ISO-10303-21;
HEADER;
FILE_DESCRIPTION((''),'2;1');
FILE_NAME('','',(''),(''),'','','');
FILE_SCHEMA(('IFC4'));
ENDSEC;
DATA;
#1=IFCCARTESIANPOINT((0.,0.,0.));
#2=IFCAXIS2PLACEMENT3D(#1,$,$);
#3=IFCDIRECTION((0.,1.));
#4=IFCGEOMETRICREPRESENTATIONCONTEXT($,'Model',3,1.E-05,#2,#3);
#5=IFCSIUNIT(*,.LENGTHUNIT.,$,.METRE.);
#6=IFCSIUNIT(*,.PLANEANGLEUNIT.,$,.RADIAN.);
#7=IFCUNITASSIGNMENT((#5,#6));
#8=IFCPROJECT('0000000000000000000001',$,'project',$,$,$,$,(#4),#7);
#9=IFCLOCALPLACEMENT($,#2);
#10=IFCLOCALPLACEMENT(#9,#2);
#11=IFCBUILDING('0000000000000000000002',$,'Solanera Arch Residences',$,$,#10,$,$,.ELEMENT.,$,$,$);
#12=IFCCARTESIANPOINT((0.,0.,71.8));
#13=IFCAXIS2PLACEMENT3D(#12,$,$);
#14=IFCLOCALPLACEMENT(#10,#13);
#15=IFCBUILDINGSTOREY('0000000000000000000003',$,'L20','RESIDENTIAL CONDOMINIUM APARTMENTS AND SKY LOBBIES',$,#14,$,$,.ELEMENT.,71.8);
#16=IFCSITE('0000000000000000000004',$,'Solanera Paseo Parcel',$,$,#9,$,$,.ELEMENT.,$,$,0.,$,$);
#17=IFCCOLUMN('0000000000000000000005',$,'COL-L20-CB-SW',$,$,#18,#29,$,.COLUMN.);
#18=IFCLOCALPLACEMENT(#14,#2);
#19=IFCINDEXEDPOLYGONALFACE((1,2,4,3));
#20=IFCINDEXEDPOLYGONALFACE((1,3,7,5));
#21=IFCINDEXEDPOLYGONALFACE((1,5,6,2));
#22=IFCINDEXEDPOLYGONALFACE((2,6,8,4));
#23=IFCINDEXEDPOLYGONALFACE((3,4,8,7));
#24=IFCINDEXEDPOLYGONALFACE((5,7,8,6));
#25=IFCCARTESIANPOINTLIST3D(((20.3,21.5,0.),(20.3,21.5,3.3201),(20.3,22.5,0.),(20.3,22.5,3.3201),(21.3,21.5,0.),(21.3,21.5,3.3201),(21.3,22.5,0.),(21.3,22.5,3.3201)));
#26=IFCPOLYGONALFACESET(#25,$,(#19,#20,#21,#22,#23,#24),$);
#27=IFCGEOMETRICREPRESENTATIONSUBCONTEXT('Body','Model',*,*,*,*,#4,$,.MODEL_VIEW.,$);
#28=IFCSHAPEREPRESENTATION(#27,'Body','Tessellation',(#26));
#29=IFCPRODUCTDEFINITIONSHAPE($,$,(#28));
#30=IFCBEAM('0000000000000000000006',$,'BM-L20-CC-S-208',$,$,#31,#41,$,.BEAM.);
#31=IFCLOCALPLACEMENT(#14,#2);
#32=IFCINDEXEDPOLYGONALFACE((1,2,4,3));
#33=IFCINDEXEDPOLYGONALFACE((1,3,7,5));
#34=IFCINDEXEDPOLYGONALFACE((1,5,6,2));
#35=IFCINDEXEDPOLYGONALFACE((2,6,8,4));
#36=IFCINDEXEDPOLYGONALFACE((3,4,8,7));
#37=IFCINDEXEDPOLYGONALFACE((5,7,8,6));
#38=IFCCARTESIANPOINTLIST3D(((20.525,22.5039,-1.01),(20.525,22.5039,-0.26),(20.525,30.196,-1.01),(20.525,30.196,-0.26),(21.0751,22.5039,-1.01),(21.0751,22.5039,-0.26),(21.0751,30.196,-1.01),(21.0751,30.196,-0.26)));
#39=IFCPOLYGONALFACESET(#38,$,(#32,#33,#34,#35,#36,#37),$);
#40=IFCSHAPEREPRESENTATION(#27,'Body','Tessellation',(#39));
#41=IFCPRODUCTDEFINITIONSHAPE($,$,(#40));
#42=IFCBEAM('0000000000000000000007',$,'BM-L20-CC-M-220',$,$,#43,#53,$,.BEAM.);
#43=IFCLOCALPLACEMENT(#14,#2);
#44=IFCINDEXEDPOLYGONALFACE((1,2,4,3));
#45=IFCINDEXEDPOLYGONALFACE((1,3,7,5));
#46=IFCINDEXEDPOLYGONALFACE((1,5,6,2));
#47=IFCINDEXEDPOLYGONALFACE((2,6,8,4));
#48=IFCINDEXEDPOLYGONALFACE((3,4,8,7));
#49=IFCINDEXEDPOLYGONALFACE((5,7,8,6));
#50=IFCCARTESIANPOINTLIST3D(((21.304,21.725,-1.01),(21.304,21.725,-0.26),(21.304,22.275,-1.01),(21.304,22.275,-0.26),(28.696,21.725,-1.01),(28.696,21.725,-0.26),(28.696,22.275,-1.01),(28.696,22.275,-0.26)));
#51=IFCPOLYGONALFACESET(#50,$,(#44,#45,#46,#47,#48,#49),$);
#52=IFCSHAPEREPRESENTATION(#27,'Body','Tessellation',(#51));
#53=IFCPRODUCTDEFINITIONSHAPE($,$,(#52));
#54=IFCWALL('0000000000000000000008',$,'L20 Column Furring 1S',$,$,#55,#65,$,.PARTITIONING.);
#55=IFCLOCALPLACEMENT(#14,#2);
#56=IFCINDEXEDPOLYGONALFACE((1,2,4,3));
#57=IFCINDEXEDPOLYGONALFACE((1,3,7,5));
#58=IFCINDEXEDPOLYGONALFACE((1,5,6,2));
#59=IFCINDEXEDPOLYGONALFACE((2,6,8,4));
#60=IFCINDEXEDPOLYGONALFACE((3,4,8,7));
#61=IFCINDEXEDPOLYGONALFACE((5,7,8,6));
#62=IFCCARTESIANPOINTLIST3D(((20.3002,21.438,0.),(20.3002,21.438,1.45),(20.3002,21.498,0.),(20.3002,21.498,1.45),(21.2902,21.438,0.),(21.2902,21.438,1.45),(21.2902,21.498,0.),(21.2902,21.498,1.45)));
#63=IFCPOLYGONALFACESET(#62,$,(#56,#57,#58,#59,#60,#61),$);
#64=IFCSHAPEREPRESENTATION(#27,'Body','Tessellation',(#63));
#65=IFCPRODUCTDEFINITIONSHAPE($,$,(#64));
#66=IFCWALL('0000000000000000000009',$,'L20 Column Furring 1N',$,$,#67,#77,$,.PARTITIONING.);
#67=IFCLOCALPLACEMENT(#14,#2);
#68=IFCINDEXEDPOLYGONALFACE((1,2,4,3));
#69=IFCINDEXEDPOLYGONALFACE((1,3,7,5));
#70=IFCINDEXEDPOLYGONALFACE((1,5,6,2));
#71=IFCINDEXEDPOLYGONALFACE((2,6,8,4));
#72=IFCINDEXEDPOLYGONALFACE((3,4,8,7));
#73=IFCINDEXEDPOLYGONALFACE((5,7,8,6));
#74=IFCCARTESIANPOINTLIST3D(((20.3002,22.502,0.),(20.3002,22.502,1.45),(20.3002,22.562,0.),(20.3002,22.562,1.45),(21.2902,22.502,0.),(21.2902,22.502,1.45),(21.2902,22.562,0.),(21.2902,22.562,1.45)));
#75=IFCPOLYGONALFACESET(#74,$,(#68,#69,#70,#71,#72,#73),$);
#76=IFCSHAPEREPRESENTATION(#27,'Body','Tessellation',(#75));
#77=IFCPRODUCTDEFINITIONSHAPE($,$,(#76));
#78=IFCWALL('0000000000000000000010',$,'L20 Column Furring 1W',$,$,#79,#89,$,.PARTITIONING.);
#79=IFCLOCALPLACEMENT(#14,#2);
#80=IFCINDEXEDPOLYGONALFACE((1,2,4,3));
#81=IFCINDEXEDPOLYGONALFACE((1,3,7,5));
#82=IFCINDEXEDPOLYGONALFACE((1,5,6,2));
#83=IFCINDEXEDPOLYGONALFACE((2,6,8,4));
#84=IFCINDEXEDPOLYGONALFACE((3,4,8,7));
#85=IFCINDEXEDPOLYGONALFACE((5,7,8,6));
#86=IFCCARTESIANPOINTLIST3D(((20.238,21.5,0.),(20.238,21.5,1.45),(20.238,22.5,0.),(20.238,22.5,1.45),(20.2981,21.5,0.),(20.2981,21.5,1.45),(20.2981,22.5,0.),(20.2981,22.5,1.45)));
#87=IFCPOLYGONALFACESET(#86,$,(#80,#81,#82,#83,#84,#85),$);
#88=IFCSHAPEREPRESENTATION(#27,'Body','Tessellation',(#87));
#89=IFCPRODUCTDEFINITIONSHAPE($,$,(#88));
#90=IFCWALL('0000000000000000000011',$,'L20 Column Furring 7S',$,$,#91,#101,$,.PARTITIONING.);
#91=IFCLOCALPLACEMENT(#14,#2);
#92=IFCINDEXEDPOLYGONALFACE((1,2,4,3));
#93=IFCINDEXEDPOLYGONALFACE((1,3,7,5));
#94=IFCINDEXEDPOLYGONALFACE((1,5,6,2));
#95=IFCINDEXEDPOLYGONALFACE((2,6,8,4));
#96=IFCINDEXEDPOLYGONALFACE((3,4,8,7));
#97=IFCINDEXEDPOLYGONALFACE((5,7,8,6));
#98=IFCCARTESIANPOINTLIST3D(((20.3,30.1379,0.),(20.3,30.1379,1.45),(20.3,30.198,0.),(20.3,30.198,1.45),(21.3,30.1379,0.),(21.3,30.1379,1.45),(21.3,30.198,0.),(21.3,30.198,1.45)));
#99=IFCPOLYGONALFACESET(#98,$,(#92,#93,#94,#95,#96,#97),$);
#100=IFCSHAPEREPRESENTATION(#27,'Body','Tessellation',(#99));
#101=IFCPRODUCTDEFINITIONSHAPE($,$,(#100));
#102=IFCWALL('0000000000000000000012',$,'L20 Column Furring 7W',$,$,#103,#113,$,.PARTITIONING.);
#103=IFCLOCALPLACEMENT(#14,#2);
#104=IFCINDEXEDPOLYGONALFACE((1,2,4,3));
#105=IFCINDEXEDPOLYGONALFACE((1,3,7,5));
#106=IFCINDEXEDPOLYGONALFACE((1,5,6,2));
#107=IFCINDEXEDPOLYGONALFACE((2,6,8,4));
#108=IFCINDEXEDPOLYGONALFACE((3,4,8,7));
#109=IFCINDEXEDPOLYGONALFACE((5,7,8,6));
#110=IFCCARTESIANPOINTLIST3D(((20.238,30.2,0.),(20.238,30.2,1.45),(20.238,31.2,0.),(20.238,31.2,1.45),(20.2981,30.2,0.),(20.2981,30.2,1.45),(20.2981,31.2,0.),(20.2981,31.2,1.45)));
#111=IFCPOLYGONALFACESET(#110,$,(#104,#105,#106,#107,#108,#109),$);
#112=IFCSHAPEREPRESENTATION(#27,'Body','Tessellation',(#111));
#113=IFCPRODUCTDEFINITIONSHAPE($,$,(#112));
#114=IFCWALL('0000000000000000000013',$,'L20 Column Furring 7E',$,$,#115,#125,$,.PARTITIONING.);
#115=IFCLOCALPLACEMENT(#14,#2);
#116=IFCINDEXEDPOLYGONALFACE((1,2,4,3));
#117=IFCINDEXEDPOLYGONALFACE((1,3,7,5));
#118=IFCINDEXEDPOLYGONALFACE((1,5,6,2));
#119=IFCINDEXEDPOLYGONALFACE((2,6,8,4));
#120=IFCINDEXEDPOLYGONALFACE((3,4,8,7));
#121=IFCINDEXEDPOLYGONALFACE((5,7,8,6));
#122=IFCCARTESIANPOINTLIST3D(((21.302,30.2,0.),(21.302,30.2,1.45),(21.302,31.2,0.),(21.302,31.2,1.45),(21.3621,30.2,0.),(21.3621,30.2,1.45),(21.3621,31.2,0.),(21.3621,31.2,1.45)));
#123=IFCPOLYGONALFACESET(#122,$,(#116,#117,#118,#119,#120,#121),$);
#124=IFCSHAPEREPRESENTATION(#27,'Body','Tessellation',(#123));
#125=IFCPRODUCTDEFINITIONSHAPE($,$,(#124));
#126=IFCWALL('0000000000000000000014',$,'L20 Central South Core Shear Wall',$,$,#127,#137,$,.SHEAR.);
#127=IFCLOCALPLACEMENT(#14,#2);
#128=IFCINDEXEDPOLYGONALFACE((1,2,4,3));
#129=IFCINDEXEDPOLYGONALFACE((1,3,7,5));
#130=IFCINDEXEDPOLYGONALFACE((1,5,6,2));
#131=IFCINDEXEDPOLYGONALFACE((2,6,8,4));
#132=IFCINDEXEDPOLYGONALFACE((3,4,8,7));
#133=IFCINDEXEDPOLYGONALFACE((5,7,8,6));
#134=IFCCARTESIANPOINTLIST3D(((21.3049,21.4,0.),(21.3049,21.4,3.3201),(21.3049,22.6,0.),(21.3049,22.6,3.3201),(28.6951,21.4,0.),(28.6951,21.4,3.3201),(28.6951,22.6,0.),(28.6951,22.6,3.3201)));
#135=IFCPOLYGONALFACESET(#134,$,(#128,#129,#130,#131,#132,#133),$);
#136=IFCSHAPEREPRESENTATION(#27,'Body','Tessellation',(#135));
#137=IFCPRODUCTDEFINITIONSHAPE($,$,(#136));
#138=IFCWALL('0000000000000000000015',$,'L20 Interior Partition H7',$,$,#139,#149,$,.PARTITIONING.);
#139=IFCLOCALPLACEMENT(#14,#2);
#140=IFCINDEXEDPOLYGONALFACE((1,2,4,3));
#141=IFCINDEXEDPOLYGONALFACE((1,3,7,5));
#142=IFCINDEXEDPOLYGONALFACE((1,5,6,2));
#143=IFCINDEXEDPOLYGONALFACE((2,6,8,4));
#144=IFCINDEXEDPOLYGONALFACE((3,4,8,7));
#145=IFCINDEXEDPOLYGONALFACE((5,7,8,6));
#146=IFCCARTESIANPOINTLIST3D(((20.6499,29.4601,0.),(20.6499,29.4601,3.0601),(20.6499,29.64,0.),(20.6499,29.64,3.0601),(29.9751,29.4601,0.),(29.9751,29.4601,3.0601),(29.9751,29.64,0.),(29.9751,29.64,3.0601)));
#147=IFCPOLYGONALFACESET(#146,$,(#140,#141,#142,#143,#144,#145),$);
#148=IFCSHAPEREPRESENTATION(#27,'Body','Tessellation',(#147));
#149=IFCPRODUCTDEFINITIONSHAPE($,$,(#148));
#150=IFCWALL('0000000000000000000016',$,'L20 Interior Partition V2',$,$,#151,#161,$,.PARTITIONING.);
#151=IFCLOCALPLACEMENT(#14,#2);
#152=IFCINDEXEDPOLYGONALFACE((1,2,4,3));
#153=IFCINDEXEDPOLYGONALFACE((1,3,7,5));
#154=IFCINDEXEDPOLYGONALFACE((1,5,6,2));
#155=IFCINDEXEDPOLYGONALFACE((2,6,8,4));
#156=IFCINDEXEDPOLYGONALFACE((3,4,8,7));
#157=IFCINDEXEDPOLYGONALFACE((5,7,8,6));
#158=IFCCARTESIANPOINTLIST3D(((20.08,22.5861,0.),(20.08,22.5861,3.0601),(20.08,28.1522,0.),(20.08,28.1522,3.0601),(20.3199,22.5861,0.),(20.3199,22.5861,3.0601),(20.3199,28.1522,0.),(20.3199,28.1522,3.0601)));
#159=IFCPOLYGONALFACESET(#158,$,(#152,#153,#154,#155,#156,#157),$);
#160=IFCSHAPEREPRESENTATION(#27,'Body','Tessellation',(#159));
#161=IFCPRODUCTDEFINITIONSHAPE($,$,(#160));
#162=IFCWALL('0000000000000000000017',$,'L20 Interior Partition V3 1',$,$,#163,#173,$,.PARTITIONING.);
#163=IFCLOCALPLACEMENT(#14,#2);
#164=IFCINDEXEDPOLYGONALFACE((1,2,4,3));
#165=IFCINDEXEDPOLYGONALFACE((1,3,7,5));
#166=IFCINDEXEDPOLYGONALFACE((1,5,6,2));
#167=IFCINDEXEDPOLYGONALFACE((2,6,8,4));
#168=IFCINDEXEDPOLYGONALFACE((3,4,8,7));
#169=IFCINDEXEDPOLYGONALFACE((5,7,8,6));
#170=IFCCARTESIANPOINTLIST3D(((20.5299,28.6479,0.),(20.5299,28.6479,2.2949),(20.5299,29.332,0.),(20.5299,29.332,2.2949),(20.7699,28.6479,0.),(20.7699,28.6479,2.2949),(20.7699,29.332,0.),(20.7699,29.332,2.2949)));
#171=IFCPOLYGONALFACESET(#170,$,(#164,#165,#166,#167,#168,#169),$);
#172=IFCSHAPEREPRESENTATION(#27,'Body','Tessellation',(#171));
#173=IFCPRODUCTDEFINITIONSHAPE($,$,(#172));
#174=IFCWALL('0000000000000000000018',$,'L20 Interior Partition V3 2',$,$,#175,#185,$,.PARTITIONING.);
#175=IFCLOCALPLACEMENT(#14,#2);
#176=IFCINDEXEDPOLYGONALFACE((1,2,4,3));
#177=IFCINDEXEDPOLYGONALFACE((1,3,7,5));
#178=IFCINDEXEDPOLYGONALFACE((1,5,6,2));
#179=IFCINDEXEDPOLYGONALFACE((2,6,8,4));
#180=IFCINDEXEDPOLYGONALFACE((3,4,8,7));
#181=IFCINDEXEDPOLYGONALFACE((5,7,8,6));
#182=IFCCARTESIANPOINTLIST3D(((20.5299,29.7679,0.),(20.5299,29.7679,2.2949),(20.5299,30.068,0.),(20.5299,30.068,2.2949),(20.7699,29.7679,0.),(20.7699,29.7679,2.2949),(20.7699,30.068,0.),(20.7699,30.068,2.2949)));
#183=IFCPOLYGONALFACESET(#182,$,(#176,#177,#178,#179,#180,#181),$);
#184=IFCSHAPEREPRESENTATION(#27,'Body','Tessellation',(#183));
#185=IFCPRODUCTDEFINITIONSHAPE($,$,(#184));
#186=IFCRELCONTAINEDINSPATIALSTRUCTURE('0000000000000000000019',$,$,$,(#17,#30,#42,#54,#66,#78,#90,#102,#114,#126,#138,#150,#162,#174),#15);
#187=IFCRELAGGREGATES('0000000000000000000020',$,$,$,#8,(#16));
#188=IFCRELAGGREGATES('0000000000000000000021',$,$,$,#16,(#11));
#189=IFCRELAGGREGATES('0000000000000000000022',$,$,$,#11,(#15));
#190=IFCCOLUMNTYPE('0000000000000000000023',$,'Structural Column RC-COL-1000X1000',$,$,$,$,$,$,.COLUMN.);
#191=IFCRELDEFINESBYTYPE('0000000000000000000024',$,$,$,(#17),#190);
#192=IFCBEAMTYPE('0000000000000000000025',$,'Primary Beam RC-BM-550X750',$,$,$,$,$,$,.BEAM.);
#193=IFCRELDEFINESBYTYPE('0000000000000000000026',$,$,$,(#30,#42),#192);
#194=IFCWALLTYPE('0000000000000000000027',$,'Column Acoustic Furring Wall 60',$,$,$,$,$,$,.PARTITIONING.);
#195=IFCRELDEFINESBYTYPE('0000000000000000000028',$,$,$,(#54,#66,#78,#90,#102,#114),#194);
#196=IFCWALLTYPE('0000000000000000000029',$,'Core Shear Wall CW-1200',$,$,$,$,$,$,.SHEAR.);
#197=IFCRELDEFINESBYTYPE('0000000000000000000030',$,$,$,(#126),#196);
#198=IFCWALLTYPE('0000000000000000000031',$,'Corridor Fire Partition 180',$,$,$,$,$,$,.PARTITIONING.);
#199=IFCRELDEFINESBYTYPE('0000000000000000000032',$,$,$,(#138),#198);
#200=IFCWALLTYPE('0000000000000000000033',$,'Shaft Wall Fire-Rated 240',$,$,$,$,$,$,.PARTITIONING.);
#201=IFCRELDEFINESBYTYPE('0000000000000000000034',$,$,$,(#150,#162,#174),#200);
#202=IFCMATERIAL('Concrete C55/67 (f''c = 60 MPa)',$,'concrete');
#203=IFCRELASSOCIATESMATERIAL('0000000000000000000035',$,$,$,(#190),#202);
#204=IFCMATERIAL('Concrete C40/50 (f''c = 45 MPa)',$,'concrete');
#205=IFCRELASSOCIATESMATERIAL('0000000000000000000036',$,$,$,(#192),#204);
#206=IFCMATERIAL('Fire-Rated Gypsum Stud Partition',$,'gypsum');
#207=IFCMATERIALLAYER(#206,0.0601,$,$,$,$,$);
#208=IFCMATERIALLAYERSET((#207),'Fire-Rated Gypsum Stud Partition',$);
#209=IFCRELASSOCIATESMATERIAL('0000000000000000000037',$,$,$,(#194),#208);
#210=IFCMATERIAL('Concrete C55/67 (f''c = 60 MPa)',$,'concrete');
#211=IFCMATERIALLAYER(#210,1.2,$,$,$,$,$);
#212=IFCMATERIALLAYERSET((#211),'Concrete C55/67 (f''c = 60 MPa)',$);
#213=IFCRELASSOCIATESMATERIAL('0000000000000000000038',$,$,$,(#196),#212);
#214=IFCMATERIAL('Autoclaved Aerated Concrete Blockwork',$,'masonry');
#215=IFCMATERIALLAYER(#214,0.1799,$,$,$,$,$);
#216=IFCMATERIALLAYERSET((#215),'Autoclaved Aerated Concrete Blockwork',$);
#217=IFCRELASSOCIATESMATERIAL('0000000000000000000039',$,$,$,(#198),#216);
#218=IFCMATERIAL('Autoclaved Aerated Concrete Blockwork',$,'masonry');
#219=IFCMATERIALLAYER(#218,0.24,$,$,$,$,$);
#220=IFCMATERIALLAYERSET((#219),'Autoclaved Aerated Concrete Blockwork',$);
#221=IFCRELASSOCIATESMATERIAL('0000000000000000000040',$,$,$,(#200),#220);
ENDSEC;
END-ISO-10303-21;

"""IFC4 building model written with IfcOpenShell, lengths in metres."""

from ifc_helpers import new_model, si_unit, direction, frame, frame_2d, origin, origin_2d, place, context, subcontext, project, spatial, rectangle, extrude, material, layer, layer_set, material_profile, profile_set, type_object, element, save


model = new_model("IFC4")

# Units and contexts
model_context = context("Model", 3, precision=1e-05, world=origin(), true_north=direction((0.0, 1.0)))
body_context = subcontext(model_context, "Body", "Model", "MODEL_VIEW")
ifc_project = project(units=[si_unit("LENGTHUNIT", "METRE"), si_unit("PLANEANGLEUNIT", "RADIAN")], contexts=[model_context])

# Site, building, storey
site_placement = place(None, origin())
site = spatial("IfcSite", under=ifc_project, at=site_placement, Name="Solanera Paseo Parcel", CompositionType="ELEMENT", RefElevation=0.0)
building_placement = place(site_placement, origin())
building = spatial("IfcBuilding", under=site, at=building_placement, Name="Solanera Arch Residences", CompositionType="ELEMENT")
storey_placement = place(building_placement, frame((0.0, 0.0, 71.8)))
storey = spatial("IfcBuildingStorey", under=building, at=storey_placement, Name="L20", Description="RESIDENTIAL CONDOMINIUM APARTMENTS AND SKY LOBBIES", CompositionType="ELEMENT", Elevation=71.8)

# Column
ifc_material_1 = material(Name="Concrete C55/67 (f'c = 60 MPa)", Category="concrete")
ifc_material_profile_1 = material_profile(ifc_material_1, rectangle(XDim=1.0, YDim=1.0, at=origin_2d()))
ifc_profile_set_1 = profile_set([ifc_material_profile_1], Name="Concrete C55/67 (f'c = 60 MPa)")
column_type = type_object("IfcColumnType", Name="Structural Column RC-COL-1000X1000", PredefinedType="COLUMN", material=ifc_profile_set_1)
column_placement = place(storey_placement, frame((20.8, 22.0, 0.0), z_axis=(0.0, 0.0, 1.0), x_axis=(1.0, 0.0, 0.0)))
element("IfcColumn", 1, at=column_placement, inside=storey, type_object=column_type, Name="COL-L20-CB-SW", PredefinedType="COLUMN", context=body_context, shape_type="SweptSolid", body=[
    extrude(rectangle(XDim=1.0, YDim=1.0, at=origin_2d()), origin(), (0.0, 0.0, 1.0), 3.3201),
])

# Beams
ifc_material_2 = material(Name="Concrete C40/50 (f'c = 45 MPa)", Category="concrete")
ifc_material_profile_2 = material_profile(ifc_material_2, rectangle(XDim=0.55, YDim=0.75, at=origin_2d()))
ifc_profile_set_2 = profile_set([ifc_material_profile_2], Name="Concrete C40/50 (f'c = 45 MPa)")
beam_type = type_object("IfcBeamType", Name="Primary Beam RC-BM-550X750", PredefinedType="BEAM", material=ifc_profile_set_2)
beam_1_placement = place(storey_placement, frame((20.8, 22.5039, -0.635), z_axis=(0.0, 1.0, 0.0), x_axis=(-1.0, 0.0, 0.0)))
element("IfcBeam", 2, at=beam_1_placement, inside=storey, type_object=beam_type, Name="BM-L20-CC-S-208", PredefinedType="BEAM", context=body_context, shape_type="SweptSolid", body=[
    extrude(rectangle(XDim=0.55, YDim=0.75, at=origin_2d()), origin(), (0.0, 0.0, 1.0), 7.6921),
])
beam_2_placement = place(storey_placement, frame((21.304, 22.0, -0.635), z_axis=(1.0, 0.0, 0.0), x_axis=(0.0, 1.0, 0.0)))
element("IfcBeam", 3, at=beam_2_placement, inside=storey, type_object=beam_type, Name="BM-L20-CC-M-220", PredefinedType="BEAM", context=body_context, shape_type="SweptSolid", body=[
    extrude(rectangle(XDim=0.55, YDim=0.75, at=origin_2d()), origin(), (0.0, 0.0, 1.0), 7.3921),
])

# Walls
ifc_material_3 = material(Name="Fire-Rated Gypsum Stud Partition", Category="gypsum")
ifc_layer_1 = layer(ifc_material_3, 0.0601)
ifc_layer_set_1 = layer_set([ifc_layer_1], Name="Fire-Rated Gypsum Stud Partition")
wall_type_1 = type_object("IfcWallType", Name="Column Acoustic Furring Wall 60", PredefinedType="PARTITIONING", material=ifc_layer_set_1)
for number, where, z_axis, x_axis, name in (
    (4, (20.3, 21.468, 0.0), (0.0, 0.0, 1.0), (1.0, 0.0, 0.0), "L20 Column Furring 1S"),
    (5, (20.3, 22.532, 0.0), (0.0, 0.0, 1.0), (1.0, 0.0, 0.0), "L20 Column Furring 1N"),
):
    element("IfcWall", number, at=place(storey_placement, frame(where, z_axis=z_axis, x_axis=x_axis)), inside=storey, type_object=wall_type_1, Name=name, PredefinedType="PARTITIONING", context=body_context, shape_type="SweptSolid", body=[
        extrude(rectangle(XDim=0.99, YDim=0.0601, at=frame_2d((0.4951, 0.0))), origin(), (0.0, 0.0, 1.0), 1.45),
    ])
for number, where, z_axis, x_axis, name in (
    (6, (20.2681, 21.5, 0.0), (0.0, 0.0, 1.0), (0.0, 1.0, 0.0), "L20 Column Furring 1W"),
    (7, (20.3, 30.168, 0.0), (0.0, 0.0, 1.0), (1.0, 0.0, 0.0), "L20 Column Furring 7S"),
    (8, (20.2681, 30.2, 0.0), (0.0, 0.0, 1.0), (0.0, 1.0, 0.0), "L20 Column Furring 7W"),
    (9, (21.332, 30.2, 0.0), (0.0, 0.0, 1.0), (0.0, 1.0, 0.0), "L20 Column Furring 7E"),
):
    element("IfcWall", number, at=place(storey_placement, frame(where, z_axis=z_axis, x_axis=x_axis)), inside=storey, type_object=wall_type_1, Name=name, PredefinedType="PARTITIONING", context=body_context, shape_type="SweptSolid", body=[
        extrude(rectangle(XDim=1.0, YDim=0.0601, at=frame_2d((0.5, 0.0))), origin(), (0.0, 0.0, 1.0), 1.45),
    ])
ifc_material_4 = material(Name="Concrete C55/67 (f'c = 60 MPa)", Category="concrete")
ifc_layer_2 = layer(ifc_material_4, 1.2)
ifc_layer_set_2 = layer_set([ifc_layer_2], Name="Concrete C55/67 (f'c = 60 MPa)")
wall_type_2 = type_object("IfcWallType", Name="Core Shear Wall CW-1200", PredefinedType="SHEAR", material=ifc_layer_set_2)
wall_1_placement = place(storey_placement, frame((21.3049, 22.0, 0.0), z_axis=(0.0, 0.0, 1.0), x_axis=(1.0, 0.0, 0.0)))
element("IfcWall", 10, at=wall_1_placement, inside=storey, type_object=wall_type_2, Name="L20 Central South Core Shear Wall", PredefinedType="SHEAR", context=body_context, shape_type="SweptSolid", body=[
    extrude(rectangle(XDim=7.3901, YDim=1.2, at=frame_2d((3.6951, 0.0))), origin(), (0.0, 0.0, 1.0), 3.3201),
])

# Wall
ifc_material_5 = material(Name="Autoclaved Aerated Concrete Blockwork", Category="masonry")
ifc_layer_3 = layer(ifc_material_5, 0.1799)
ifc_layer_set_3 = layer_set([ifc_layer_3], Name="Autoclaved Aerated Concrete Blockwork")
wall_type_3 = type_object("IfcWallType", Name="Corridor Fire Partition 180", PredefinedType="PARTITIONING", material=ifc_layer_set_3)
wall_2_placement = place(storey_placement, frame((20.6499, 29.55, 0.0), z_axis=(0.0, 0.0, 1.0), x_axis=(1.0, 0.0, 0.0)))
element("IfcWall", 11, at=wall_2_placement, inside=storey, type_object=wall_type_3, Name="L20 Interior Partition H7", PredefinedType="PARTITIONING", context=body_context, shape_type="SweptSolid", body=[
    extrude(rectangle(XDim=9.3252, YDim=0.1799, at=frame_2d((4.6626, 0.0))), origin(), (0.0, 0.0, 1.0), 3.0601),
])

# Shared definitions
ifc_material_6 = material(Name="Autoclaved Aerated Concrete Blockwork", Category="masonry")
ifc_layer_4 = layer(ifc_material_6, 0.24)
ifc_layer_set_4 = layer_set([ifc_layer_4], Name="Autoclaved Aerated Concrete Blockwork")
wall_type_4 = type_object("IfcWallType", Name="Shaft Wall Fire-Rated 240", PredefinedType="PARTITIONING", material=ifc_layer_set_4)

# Walls
wall_3_placement = place(storey_placement, frame((20.2, 22.5859, 0.0), z_axis=(0.0, 0.0, 1.0), x_axis=(0.0, 1.0, 0.0)))
element("IfcWall", 12, at=wall_3_placement, inside=storey, type_object=wall_type_4, Name="L20 Interior Partition V2", PredefinedType="PARTITIONING", context=body_context, shape_type="SweptSolid", body=[
    extrude(rectangle(XDim=5.5662, YDim=0.24, at=frame_2d((2.7832, 0.0))), origin(), (0.0, 0.0, 1.0), 3.0601),
])
wall_4_placement = place(storey_placement, frame((20.6499, 28.6479, 0.0), z_axis=(0.0, 0.0, 1.0), x_axis=(0.0, 1.0, 0.0)))
element("IfcWall", 13, at=wall_4_placement, inside=storey, type_object=wall_type_4, Name="L20 Interior Partition V3 1", PredefinedType="PARTITIONING", context=body_context, shape_type="SweptSolid", body=[
    extrude(rectangle(XDim=0.6841, YDim=0.24, at=frame_2d((0.342, 0.0))), origin(), (0.0, 0.0, 1.0), 2.2949),
])
wall_5_placement = place(storey_placement, frame((20.6499, 29.7681, 0.0), z_axis=(0.0, 0.0, 1.0), x_axis=(0.0, 1.0, 0.0)))
element("IfcWall", 14, at=wall_5_placement, inside=storey, type_object=wall_type_4, Name="L20 Interior Partition V3 2", PredefinedType="PARTITIONING", context=body_context, shape_type="SweptSolid", body=[
    extrude(rectangle(XDim=0.3, YDim=0.24, at=frame_2d((0.1499, 0.0))), origin(), (0.0, 0.0, 1.0), 2.2949),
])

save(model, "model.ifc")
